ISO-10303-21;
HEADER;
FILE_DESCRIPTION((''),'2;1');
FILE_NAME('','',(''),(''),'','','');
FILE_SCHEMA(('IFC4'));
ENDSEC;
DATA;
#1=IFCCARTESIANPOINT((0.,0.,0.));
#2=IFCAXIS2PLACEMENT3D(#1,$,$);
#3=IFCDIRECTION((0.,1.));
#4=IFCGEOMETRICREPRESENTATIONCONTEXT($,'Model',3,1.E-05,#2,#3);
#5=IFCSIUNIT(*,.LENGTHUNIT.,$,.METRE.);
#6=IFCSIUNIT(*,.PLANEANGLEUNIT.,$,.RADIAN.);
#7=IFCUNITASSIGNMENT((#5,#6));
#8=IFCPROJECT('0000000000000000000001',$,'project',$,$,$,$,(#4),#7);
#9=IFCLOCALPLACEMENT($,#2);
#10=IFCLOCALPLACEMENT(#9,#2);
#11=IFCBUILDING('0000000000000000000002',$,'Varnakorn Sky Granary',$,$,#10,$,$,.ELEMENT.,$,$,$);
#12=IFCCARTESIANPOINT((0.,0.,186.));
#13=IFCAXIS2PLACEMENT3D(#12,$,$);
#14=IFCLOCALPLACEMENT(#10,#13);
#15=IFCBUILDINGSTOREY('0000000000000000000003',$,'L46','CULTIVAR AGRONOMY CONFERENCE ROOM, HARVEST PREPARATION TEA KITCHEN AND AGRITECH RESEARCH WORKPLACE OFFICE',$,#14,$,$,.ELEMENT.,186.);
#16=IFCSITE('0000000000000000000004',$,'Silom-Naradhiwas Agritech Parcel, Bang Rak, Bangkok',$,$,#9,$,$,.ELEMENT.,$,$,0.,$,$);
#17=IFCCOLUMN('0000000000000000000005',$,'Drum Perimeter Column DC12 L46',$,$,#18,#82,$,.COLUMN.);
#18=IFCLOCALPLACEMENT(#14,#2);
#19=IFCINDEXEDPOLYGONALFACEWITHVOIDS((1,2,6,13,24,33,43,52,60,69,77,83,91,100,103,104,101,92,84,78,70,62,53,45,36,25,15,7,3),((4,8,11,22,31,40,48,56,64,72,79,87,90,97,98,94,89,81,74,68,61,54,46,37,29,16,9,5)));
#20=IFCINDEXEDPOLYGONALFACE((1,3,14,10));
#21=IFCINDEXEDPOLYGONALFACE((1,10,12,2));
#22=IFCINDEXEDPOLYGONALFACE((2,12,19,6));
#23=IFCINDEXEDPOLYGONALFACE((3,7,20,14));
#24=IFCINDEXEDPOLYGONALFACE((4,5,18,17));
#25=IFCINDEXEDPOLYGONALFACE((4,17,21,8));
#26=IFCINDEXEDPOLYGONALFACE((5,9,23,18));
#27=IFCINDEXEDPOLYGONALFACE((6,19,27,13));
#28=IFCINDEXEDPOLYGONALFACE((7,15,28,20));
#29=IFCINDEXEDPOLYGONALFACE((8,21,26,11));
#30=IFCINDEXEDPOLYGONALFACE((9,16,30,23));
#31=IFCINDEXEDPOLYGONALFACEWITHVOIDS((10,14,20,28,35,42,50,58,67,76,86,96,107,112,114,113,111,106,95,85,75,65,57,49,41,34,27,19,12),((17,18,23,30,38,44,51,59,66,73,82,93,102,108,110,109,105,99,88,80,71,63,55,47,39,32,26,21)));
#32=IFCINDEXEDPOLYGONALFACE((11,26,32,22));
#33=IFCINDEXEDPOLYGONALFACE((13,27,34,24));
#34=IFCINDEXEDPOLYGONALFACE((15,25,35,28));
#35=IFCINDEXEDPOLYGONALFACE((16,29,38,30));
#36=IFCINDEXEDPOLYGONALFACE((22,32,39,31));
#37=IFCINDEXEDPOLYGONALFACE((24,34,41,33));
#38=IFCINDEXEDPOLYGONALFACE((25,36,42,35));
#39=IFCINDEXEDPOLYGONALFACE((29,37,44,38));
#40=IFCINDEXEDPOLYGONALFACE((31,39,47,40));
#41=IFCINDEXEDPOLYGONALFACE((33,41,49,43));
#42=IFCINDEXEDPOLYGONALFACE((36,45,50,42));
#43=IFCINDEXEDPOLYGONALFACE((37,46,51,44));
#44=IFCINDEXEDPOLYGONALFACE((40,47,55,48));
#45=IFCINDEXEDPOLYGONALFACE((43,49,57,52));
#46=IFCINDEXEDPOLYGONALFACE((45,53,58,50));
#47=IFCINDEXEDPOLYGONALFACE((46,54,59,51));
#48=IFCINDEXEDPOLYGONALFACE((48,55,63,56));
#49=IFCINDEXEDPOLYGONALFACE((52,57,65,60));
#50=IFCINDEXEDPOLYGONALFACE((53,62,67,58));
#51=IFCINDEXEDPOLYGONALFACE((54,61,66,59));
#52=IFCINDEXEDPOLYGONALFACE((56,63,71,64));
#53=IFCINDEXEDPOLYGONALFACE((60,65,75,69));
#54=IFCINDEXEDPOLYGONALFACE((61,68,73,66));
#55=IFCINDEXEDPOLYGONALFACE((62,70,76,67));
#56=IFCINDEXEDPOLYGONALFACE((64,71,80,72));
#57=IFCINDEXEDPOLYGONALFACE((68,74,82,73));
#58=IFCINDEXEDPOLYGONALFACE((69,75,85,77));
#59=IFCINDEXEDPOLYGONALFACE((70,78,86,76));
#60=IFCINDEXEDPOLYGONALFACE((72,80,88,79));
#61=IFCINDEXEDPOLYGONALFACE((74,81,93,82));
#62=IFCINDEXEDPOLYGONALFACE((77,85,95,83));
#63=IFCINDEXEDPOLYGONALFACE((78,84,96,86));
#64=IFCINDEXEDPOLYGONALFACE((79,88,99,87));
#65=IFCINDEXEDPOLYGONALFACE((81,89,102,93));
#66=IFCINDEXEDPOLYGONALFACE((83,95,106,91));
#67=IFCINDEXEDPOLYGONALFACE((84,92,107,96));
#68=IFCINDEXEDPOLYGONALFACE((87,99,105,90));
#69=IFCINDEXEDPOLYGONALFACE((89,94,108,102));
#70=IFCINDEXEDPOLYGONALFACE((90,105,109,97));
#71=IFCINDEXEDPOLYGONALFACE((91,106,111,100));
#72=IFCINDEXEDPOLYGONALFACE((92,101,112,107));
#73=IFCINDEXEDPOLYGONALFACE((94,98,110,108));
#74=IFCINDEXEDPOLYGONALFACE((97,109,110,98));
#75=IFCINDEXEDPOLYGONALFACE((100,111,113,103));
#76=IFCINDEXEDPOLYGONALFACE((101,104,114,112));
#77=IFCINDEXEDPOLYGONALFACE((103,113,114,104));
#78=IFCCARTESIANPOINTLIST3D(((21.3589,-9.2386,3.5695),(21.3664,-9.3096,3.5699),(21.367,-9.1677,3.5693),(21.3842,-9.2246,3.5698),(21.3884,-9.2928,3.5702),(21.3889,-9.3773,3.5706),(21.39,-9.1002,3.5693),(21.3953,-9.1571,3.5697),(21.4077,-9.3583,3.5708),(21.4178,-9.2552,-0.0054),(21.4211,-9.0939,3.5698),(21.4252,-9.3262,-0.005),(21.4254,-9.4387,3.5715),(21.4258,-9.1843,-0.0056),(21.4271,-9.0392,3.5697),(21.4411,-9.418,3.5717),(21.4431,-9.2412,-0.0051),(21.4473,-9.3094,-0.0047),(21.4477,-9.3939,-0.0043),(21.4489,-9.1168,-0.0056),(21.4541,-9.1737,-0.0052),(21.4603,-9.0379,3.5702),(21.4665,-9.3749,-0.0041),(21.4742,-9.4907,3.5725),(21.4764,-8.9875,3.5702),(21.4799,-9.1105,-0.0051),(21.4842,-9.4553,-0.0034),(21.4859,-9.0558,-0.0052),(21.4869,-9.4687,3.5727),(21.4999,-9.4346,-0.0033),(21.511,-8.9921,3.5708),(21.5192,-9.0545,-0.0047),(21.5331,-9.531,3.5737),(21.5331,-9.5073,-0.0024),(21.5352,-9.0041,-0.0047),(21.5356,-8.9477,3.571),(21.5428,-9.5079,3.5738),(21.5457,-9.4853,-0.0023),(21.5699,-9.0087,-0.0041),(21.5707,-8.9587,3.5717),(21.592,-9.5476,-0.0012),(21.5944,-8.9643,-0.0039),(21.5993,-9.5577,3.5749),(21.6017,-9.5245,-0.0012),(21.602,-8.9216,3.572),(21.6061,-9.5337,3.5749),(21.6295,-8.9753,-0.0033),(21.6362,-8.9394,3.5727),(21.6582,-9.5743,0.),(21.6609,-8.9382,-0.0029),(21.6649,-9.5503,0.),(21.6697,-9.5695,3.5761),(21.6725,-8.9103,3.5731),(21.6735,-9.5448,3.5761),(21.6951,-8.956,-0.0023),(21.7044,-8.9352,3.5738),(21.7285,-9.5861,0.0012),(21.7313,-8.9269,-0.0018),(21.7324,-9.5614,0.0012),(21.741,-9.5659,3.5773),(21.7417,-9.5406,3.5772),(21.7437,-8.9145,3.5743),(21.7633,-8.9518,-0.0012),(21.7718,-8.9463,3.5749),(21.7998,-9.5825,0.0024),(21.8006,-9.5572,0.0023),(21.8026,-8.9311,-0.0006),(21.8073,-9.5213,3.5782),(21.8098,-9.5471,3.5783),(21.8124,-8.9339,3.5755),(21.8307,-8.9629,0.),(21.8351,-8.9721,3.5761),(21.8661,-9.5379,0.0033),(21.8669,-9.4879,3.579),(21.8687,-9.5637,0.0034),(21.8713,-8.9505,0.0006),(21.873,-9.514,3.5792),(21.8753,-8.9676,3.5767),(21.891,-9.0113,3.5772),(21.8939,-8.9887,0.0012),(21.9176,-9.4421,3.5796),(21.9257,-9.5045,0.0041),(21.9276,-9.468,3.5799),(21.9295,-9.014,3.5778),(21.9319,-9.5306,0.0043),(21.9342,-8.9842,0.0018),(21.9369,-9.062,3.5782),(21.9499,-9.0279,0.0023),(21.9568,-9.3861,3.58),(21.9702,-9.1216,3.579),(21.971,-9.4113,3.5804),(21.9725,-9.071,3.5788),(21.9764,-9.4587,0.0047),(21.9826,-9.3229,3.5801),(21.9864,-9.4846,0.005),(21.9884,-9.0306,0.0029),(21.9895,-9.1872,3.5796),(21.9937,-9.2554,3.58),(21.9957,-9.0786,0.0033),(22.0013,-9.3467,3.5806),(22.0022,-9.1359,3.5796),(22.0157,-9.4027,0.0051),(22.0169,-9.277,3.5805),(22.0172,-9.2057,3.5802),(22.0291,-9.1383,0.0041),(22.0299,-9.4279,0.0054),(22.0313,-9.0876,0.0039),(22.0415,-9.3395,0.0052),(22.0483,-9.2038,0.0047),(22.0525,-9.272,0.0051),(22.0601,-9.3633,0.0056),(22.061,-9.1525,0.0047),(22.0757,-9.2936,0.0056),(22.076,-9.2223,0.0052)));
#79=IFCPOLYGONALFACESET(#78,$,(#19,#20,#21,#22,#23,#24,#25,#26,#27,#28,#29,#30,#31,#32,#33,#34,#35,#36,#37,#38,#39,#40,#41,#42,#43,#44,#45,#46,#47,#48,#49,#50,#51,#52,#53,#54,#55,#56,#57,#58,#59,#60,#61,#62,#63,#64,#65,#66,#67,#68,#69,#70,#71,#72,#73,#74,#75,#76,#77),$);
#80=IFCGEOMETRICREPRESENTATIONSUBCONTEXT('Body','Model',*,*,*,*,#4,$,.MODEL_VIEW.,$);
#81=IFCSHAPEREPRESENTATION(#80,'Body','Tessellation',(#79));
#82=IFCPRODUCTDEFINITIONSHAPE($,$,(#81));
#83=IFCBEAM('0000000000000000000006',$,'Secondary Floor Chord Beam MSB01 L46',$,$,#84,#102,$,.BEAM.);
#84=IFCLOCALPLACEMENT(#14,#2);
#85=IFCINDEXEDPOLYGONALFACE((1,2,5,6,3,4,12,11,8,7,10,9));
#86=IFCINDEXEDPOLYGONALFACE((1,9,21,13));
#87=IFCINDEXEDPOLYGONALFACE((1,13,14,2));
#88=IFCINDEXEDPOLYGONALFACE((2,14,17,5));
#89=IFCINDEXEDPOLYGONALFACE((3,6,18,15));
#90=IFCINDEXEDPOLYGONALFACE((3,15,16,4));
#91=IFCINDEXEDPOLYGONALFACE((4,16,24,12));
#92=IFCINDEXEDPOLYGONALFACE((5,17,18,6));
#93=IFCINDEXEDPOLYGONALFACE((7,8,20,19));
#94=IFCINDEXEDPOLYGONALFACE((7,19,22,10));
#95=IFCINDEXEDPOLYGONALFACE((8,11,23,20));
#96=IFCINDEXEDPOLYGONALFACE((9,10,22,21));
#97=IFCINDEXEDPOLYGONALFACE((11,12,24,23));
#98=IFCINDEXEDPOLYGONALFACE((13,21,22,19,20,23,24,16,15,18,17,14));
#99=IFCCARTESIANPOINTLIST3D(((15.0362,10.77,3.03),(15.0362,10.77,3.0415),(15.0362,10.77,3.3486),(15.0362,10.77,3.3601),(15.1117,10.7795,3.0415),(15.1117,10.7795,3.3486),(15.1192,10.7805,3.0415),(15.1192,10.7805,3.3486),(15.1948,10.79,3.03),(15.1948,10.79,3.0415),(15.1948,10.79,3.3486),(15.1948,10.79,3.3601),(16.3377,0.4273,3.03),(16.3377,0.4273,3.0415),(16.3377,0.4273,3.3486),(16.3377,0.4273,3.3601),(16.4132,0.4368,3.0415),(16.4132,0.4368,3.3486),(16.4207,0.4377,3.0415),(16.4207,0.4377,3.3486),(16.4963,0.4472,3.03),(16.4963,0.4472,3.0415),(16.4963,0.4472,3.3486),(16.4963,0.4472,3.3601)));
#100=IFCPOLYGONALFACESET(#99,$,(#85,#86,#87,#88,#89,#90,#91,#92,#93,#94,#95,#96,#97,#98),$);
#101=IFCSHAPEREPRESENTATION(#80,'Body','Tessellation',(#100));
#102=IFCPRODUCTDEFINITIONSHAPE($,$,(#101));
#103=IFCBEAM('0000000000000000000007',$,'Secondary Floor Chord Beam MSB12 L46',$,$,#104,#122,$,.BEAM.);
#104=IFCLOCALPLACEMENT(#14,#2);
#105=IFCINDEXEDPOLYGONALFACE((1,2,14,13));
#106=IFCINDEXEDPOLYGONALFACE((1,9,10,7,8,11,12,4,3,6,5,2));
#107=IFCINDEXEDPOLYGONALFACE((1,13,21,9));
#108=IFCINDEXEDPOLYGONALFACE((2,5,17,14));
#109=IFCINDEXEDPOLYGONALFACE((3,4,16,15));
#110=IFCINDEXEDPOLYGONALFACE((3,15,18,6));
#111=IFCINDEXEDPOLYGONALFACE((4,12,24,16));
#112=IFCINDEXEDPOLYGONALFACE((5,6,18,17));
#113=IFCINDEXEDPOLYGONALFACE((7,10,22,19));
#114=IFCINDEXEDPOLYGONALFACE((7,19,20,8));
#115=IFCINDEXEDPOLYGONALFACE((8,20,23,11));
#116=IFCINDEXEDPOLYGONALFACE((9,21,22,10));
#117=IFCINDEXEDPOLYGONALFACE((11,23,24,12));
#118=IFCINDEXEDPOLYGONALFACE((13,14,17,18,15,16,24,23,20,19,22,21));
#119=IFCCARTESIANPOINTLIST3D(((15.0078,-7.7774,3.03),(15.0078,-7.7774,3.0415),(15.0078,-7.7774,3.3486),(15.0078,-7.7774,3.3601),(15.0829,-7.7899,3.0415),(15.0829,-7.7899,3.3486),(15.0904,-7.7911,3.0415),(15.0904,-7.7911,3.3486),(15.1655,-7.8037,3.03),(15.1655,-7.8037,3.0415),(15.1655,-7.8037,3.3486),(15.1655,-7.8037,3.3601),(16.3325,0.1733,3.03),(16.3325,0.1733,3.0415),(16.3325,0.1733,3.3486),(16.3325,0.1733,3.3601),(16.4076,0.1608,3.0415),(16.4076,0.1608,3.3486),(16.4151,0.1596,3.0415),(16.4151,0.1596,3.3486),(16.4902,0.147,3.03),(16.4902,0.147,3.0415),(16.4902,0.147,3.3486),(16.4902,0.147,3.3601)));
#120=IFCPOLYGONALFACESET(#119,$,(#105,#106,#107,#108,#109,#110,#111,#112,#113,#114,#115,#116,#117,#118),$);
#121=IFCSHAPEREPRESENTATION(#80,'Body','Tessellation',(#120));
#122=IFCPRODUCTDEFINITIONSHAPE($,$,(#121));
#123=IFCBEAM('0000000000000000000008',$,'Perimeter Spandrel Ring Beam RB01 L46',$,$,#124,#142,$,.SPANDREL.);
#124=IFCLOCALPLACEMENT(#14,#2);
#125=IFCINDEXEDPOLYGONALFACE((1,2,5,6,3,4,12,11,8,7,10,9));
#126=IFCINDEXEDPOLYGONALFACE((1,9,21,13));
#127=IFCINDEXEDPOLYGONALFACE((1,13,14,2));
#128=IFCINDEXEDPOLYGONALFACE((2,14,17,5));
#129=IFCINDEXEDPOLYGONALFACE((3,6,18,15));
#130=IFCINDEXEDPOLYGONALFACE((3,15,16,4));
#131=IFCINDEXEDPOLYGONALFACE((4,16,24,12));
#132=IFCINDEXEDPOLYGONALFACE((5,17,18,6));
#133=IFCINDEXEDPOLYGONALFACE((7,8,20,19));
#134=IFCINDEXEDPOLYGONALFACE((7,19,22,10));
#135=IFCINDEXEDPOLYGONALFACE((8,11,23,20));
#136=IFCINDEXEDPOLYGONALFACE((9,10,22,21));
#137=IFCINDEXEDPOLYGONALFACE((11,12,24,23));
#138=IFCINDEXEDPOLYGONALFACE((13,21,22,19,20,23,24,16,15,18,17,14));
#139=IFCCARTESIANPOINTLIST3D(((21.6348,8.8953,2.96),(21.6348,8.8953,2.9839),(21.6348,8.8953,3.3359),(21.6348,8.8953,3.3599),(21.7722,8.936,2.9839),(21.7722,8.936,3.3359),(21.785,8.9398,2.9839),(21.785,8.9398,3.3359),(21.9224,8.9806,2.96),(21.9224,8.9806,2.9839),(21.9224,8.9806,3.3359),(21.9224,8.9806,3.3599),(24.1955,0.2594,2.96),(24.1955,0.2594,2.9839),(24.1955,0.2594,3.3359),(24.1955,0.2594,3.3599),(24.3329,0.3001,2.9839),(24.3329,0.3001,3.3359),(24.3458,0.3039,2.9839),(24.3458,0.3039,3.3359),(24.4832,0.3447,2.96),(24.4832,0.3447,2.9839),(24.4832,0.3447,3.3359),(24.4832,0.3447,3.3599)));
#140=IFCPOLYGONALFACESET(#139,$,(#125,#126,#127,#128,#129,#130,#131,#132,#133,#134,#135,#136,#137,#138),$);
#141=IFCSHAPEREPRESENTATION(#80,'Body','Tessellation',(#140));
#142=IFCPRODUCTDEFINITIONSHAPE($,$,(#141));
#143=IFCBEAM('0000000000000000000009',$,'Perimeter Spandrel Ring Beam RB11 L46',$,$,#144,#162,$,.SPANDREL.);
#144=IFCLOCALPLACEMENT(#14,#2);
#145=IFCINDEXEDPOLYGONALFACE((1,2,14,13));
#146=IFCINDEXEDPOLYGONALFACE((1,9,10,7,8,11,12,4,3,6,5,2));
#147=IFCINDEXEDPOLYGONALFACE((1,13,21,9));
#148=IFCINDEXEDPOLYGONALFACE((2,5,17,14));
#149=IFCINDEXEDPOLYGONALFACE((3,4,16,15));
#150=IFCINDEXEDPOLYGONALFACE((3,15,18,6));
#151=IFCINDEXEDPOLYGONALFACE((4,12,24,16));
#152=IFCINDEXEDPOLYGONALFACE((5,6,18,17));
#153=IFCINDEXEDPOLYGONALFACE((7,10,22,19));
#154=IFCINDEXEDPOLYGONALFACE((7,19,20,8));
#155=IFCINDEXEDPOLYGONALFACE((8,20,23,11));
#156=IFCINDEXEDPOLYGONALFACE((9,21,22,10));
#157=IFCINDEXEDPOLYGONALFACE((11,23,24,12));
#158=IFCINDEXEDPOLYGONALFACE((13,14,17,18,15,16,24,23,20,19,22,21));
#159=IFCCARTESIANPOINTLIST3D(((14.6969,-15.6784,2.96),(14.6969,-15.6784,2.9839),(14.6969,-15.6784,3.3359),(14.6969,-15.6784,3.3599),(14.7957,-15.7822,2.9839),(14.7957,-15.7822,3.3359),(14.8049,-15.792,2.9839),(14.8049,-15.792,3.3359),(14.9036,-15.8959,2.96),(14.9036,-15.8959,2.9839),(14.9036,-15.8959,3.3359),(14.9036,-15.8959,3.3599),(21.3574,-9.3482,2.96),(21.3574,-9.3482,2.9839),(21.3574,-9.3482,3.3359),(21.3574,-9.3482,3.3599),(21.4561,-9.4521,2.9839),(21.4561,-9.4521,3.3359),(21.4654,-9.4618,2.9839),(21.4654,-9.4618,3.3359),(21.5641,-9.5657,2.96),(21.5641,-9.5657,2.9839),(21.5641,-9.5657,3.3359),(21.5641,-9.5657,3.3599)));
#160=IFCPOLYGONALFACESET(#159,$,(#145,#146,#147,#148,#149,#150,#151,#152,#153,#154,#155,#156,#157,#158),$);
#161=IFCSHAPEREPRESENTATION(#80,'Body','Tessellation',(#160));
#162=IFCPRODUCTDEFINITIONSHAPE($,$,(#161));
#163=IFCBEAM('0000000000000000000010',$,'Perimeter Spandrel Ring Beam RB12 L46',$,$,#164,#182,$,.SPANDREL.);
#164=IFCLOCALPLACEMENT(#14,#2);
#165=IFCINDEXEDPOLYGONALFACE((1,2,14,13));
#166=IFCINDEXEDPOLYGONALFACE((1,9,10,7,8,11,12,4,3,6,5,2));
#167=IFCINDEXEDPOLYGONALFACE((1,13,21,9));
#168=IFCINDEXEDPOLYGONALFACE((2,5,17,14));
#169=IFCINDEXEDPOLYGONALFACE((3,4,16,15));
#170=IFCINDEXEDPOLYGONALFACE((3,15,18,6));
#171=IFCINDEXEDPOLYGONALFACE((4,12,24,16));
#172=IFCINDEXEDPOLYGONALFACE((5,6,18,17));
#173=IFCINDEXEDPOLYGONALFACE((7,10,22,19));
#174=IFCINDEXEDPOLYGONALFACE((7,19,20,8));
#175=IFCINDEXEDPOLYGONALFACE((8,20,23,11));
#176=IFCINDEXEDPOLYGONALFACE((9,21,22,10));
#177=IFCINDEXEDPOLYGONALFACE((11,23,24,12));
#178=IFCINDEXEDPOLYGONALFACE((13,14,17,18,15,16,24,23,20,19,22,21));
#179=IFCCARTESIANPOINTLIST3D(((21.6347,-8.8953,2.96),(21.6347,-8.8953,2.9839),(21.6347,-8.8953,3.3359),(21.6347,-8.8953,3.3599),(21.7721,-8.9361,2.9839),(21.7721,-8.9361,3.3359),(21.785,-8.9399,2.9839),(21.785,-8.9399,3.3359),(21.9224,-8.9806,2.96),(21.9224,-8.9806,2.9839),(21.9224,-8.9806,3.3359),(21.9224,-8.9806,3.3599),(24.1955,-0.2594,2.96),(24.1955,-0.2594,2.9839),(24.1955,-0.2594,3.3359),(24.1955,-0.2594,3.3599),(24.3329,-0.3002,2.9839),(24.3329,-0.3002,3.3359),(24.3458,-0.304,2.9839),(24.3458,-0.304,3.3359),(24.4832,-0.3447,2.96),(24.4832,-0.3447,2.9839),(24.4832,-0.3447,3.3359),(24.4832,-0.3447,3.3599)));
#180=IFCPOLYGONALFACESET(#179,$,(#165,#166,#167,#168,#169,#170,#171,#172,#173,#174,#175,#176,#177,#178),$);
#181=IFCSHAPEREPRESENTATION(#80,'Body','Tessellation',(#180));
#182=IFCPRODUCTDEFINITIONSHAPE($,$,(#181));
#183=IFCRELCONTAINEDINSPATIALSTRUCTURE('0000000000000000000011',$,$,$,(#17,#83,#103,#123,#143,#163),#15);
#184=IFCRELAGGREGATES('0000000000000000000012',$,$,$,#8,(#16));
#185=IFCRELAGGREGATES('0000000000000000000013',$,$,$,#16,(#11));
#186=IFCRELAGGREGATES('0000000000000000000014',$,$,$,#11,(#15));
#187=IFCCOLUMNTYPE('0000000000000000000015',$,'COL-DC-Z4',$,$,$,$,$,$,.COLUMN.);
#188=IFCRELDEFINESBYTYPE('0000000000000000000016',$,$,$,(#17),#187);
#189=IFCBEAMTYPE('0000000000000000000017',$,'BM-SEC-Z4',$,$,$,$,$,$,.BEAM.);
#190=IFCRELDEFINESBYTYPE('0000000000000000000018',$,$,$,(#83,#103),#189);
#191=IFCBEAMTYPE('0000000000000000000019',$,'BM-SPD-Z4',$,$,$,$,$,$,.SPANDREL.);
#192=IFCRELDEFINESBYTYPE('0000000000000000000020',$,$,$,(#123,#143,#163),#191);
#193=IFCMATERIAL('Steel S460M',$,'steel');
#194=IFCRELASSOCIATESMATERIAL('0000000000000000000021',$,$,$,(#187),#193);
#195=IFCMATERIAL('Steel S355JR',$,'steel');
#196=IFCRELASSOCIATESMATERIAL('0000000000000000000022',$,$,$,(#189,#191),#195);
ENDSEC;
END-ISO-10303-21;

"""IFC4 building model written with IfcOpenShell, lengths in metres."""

from ifc_helpers import new_model, si_unit, direction, frame, origin, origin_2d, place, context, subcontext, project, spatial, hollow_circle, i_section, extrude, material, material_profile, profile_set, type_object, element, save


model = new_model("IFC4")

# Units and contexts
model_context = context("Model", 3, precision=1e-05, world=origin(), true_north=direction((0.0, 1.0)))
body_context = subcontext(model_context, "Body", "Model", "MODEL_VIEW")
ifc_project = project(units=[si_unit("LENGTHUNIT", "METRE"), si_unit("PLANEANGLEUNIT", "RADIAN")], contexts=[model_context])

# Site, building, storey
site_placement = place(None, origin())
site = spatial("IfcSite", under=ifc_project, at=site_placement, Name="Silom-Naradhiwas Agritech Parcel, Bang Rak, Bangkok", CompositionType="ELEMENT", RefElevation=0.0)
building_placement = place(site_placement, origin())
building = spatial("IfcBuilding", under=site, at=building_placement, Name="Varnakorn Sky Granary", CompositionType="ELEMENT")
storey_placement = place(building_placement, frame((0.0, 0.0, 186.0)))
storey = spatial("IfcBuildingStorey", under=building, at=storey_placement, Name="L46", Description="CULTIVAR AGRONOMY CONFERENCE ROOM, HARVEST PREPARATION TEA KITCHEN AND AGRITECH RESEARCH WORKPLACE OFFICE", CompositionType="ELEMENT", Elevation=186.0)

# Column
ifc_material_1 = material(Name="Steel S460M", Category="steel")
ifc_material_profile_1 = material_profile(ifc_material_1, hollow_circle(Radius=0.3301, WallThickness=0.0249, at=origin_2d()), Name="CHS 660x25")
ifc_profile_set_1 = profile_set([ifc_material_profile_1], Name="Steel S460M")
column_type = type_object("IfcColumnType", Name="COL-DC-Z4", PredefinedType="COLUMN", material=ifc_profile_set_1)
column_1_placement = place(storey_placement, frame((21.7478, -9.2566, 0.0), z_axis=(-0.016456, 0.004643, 0.999854), x_axis=(-0.271555, -0.962423, 0.0)))
element("IfcColumn", 1, at=column_1_placement, inside=storey, type_object=column_type, Name="Drum Perimeter Column DC12 L46", PredefinedType="COLUMN", context=body_context, shape_type="SweptSolid", body=[
    extrude(hollow_circle(Radius=0.3301, WallThickness=0.0249, at=origin_2d()), origin(), (0.0, 0.0, 1.0), 3.5754),
])

# Beams
ifc_material_2 = material(Name="Steel S355JR", Category="steel")
ifc_material_profile_2 = material_profile(ifc_material_2, i_section(OverallWidth=0.1599, OverallDepth=0.3301, WebThickness=0.0076, FlangeThickness=0.0115, at=origin_2d()), Name="IPE 330")
ifc_profile_set_2 = profile_set([ifc_material_profile_2], Name="Steel S355JR")
beam_type_1 = type_object("IfcBeamType", Name="BM-SEC-Z4", PredefinedType="BEAM", material=ifc_profile_set_2)
beam_1_placement = place(storey_placement, frame((16.417, 0.4373, 3.1951), z_axis=(-0.124853, 0.992175, 0.0), x_axis=(-0.992175, -0.124853, 0.0)))
element("IfcBeam", 2, at=beam_1_placement, inside=storey, type_object=beam_type_1, Name="Secondary Floor Chord Beam MSB01 L46", PredefinedType="BEAM", context=body_context, shape_type="SweptSolid", body=[
    extrude(i_section(OverallWidth=0.1599, OverallDepth=0.3301, WebThickness=0.0076, FlangeThickness=0.0115, at=origin_2d()), origin(), (0.0, 0.0, 1.0), 10.4243),
])
beam_2_placement = place(storey_placement, frame((15.0867, -7.7905, 3.1951), z_axis=(0.16435, 0.986402, 0.0), x_axis=(-0.986402, 0.16435, 0.0)))
element("IfcBeam", 3, at=beam_2_placement, inside=storey, type_object=beam_type_1, Name="Secondary Floor Chord Beam MSB12 L46", PredefinedType="BEAM", context=body_context, shape_type="SweptSolid", body=[
    extrude(i_section(OverallWidth=0.1599, OverallDepth=0.3301, WebThickness=0.0076, FlangeThickness=0.0115, at=origin_2d()), origin(), (0.0, 0.0, 1.0), 8.0603),
])
ifc_material_profile_3 = material_profile(ifc_material_2, i_section(OverallWidth=0.3, OverallDepth=0.3999, WebThickness=0.0134, FlangeThickness=0.0239, at=origin_2d()), Name="HE 400 B")
ifc_profile_set_3 = profile_set([ifc_material_profile_3], Name="Steel S355JR")
beam_type_2 = type_object("IfcBeamType", Name="BM-SPD-Z4", PredefinedType="SPANDREL", material=ifc_profile_set_3)
beam_3_placement = place(storey_placement, frame((24.3394, 0.302, 3.1599), z_axis=(-0.28429, 0.958738, 0.0), x_axis=(-0.958738, -0.28429, 0.0)))
element("IfcBeam", 4, at=beam_3_placement, inside=storey, type_object=beam_type_2, Name="Perimeter Spandrel Ring Beam RB01 L46", PredefinedType="SPANDREL", context=body_context, shape_type="SweptSolid", body=[
    extrude(i_section(OverallWidth=0.3, OverallDepth=0.3999, WebThickness=0.0134, FlangeThickness=0.0239, at=origin_2d()), origin(), (0.0, 0.0, 1.0), 9.0076),
])
beam_4_placement = place(storey_placement, frame((14.8003, -15.7871, 3.1599), z_axis=(0.724853, 0.688904, 0.0), x_axis=(-0.688904, 0.724853, 0.0)))
element("IfcBeam", 5, at=beam_4_placement, inside=storey, type_object=beam_type_2, Name="Perimeter Spandrel Ring Beam RB11 L46", PredefinedType="SPANDREL", context=body_context, shape_type="SweptSolid", body=[
    extrude(i_section(OverallWidth=0.3, OverallDepth=0.3999, WebThickness=0.0134, FlangeThickness=0.0239, at=origin_2d()), origin(), (0.0, 0.0, 1.0), 9.1887),
])
beam_5_placement = place(storey_placement, frame((21.7786, -8.938, 3.1599), z_axis=(0.28429, 0.958738, 0.0), x_axis=(-0.958738, 0.28429, 0.0)))
element("IfcBeam", 6, at=beam_5_placement, inside=storey, type_object=beam_type_2, Name="Perimeter Spandrel Ring Beam RB12 L46", PredefinedType="SPANDREL", context=body_context, shape_type="SweptSolid", body=[
    extrude(i_section(OverallWidth=0.3, OverallDepth=0.3999, WebThickness=0.0134, FlangeThickness=0.0239, at=origin_2d()), origin(), (0.0, 0.0, 1.0), 9.0076),
])

save(model, "model.ifc")
